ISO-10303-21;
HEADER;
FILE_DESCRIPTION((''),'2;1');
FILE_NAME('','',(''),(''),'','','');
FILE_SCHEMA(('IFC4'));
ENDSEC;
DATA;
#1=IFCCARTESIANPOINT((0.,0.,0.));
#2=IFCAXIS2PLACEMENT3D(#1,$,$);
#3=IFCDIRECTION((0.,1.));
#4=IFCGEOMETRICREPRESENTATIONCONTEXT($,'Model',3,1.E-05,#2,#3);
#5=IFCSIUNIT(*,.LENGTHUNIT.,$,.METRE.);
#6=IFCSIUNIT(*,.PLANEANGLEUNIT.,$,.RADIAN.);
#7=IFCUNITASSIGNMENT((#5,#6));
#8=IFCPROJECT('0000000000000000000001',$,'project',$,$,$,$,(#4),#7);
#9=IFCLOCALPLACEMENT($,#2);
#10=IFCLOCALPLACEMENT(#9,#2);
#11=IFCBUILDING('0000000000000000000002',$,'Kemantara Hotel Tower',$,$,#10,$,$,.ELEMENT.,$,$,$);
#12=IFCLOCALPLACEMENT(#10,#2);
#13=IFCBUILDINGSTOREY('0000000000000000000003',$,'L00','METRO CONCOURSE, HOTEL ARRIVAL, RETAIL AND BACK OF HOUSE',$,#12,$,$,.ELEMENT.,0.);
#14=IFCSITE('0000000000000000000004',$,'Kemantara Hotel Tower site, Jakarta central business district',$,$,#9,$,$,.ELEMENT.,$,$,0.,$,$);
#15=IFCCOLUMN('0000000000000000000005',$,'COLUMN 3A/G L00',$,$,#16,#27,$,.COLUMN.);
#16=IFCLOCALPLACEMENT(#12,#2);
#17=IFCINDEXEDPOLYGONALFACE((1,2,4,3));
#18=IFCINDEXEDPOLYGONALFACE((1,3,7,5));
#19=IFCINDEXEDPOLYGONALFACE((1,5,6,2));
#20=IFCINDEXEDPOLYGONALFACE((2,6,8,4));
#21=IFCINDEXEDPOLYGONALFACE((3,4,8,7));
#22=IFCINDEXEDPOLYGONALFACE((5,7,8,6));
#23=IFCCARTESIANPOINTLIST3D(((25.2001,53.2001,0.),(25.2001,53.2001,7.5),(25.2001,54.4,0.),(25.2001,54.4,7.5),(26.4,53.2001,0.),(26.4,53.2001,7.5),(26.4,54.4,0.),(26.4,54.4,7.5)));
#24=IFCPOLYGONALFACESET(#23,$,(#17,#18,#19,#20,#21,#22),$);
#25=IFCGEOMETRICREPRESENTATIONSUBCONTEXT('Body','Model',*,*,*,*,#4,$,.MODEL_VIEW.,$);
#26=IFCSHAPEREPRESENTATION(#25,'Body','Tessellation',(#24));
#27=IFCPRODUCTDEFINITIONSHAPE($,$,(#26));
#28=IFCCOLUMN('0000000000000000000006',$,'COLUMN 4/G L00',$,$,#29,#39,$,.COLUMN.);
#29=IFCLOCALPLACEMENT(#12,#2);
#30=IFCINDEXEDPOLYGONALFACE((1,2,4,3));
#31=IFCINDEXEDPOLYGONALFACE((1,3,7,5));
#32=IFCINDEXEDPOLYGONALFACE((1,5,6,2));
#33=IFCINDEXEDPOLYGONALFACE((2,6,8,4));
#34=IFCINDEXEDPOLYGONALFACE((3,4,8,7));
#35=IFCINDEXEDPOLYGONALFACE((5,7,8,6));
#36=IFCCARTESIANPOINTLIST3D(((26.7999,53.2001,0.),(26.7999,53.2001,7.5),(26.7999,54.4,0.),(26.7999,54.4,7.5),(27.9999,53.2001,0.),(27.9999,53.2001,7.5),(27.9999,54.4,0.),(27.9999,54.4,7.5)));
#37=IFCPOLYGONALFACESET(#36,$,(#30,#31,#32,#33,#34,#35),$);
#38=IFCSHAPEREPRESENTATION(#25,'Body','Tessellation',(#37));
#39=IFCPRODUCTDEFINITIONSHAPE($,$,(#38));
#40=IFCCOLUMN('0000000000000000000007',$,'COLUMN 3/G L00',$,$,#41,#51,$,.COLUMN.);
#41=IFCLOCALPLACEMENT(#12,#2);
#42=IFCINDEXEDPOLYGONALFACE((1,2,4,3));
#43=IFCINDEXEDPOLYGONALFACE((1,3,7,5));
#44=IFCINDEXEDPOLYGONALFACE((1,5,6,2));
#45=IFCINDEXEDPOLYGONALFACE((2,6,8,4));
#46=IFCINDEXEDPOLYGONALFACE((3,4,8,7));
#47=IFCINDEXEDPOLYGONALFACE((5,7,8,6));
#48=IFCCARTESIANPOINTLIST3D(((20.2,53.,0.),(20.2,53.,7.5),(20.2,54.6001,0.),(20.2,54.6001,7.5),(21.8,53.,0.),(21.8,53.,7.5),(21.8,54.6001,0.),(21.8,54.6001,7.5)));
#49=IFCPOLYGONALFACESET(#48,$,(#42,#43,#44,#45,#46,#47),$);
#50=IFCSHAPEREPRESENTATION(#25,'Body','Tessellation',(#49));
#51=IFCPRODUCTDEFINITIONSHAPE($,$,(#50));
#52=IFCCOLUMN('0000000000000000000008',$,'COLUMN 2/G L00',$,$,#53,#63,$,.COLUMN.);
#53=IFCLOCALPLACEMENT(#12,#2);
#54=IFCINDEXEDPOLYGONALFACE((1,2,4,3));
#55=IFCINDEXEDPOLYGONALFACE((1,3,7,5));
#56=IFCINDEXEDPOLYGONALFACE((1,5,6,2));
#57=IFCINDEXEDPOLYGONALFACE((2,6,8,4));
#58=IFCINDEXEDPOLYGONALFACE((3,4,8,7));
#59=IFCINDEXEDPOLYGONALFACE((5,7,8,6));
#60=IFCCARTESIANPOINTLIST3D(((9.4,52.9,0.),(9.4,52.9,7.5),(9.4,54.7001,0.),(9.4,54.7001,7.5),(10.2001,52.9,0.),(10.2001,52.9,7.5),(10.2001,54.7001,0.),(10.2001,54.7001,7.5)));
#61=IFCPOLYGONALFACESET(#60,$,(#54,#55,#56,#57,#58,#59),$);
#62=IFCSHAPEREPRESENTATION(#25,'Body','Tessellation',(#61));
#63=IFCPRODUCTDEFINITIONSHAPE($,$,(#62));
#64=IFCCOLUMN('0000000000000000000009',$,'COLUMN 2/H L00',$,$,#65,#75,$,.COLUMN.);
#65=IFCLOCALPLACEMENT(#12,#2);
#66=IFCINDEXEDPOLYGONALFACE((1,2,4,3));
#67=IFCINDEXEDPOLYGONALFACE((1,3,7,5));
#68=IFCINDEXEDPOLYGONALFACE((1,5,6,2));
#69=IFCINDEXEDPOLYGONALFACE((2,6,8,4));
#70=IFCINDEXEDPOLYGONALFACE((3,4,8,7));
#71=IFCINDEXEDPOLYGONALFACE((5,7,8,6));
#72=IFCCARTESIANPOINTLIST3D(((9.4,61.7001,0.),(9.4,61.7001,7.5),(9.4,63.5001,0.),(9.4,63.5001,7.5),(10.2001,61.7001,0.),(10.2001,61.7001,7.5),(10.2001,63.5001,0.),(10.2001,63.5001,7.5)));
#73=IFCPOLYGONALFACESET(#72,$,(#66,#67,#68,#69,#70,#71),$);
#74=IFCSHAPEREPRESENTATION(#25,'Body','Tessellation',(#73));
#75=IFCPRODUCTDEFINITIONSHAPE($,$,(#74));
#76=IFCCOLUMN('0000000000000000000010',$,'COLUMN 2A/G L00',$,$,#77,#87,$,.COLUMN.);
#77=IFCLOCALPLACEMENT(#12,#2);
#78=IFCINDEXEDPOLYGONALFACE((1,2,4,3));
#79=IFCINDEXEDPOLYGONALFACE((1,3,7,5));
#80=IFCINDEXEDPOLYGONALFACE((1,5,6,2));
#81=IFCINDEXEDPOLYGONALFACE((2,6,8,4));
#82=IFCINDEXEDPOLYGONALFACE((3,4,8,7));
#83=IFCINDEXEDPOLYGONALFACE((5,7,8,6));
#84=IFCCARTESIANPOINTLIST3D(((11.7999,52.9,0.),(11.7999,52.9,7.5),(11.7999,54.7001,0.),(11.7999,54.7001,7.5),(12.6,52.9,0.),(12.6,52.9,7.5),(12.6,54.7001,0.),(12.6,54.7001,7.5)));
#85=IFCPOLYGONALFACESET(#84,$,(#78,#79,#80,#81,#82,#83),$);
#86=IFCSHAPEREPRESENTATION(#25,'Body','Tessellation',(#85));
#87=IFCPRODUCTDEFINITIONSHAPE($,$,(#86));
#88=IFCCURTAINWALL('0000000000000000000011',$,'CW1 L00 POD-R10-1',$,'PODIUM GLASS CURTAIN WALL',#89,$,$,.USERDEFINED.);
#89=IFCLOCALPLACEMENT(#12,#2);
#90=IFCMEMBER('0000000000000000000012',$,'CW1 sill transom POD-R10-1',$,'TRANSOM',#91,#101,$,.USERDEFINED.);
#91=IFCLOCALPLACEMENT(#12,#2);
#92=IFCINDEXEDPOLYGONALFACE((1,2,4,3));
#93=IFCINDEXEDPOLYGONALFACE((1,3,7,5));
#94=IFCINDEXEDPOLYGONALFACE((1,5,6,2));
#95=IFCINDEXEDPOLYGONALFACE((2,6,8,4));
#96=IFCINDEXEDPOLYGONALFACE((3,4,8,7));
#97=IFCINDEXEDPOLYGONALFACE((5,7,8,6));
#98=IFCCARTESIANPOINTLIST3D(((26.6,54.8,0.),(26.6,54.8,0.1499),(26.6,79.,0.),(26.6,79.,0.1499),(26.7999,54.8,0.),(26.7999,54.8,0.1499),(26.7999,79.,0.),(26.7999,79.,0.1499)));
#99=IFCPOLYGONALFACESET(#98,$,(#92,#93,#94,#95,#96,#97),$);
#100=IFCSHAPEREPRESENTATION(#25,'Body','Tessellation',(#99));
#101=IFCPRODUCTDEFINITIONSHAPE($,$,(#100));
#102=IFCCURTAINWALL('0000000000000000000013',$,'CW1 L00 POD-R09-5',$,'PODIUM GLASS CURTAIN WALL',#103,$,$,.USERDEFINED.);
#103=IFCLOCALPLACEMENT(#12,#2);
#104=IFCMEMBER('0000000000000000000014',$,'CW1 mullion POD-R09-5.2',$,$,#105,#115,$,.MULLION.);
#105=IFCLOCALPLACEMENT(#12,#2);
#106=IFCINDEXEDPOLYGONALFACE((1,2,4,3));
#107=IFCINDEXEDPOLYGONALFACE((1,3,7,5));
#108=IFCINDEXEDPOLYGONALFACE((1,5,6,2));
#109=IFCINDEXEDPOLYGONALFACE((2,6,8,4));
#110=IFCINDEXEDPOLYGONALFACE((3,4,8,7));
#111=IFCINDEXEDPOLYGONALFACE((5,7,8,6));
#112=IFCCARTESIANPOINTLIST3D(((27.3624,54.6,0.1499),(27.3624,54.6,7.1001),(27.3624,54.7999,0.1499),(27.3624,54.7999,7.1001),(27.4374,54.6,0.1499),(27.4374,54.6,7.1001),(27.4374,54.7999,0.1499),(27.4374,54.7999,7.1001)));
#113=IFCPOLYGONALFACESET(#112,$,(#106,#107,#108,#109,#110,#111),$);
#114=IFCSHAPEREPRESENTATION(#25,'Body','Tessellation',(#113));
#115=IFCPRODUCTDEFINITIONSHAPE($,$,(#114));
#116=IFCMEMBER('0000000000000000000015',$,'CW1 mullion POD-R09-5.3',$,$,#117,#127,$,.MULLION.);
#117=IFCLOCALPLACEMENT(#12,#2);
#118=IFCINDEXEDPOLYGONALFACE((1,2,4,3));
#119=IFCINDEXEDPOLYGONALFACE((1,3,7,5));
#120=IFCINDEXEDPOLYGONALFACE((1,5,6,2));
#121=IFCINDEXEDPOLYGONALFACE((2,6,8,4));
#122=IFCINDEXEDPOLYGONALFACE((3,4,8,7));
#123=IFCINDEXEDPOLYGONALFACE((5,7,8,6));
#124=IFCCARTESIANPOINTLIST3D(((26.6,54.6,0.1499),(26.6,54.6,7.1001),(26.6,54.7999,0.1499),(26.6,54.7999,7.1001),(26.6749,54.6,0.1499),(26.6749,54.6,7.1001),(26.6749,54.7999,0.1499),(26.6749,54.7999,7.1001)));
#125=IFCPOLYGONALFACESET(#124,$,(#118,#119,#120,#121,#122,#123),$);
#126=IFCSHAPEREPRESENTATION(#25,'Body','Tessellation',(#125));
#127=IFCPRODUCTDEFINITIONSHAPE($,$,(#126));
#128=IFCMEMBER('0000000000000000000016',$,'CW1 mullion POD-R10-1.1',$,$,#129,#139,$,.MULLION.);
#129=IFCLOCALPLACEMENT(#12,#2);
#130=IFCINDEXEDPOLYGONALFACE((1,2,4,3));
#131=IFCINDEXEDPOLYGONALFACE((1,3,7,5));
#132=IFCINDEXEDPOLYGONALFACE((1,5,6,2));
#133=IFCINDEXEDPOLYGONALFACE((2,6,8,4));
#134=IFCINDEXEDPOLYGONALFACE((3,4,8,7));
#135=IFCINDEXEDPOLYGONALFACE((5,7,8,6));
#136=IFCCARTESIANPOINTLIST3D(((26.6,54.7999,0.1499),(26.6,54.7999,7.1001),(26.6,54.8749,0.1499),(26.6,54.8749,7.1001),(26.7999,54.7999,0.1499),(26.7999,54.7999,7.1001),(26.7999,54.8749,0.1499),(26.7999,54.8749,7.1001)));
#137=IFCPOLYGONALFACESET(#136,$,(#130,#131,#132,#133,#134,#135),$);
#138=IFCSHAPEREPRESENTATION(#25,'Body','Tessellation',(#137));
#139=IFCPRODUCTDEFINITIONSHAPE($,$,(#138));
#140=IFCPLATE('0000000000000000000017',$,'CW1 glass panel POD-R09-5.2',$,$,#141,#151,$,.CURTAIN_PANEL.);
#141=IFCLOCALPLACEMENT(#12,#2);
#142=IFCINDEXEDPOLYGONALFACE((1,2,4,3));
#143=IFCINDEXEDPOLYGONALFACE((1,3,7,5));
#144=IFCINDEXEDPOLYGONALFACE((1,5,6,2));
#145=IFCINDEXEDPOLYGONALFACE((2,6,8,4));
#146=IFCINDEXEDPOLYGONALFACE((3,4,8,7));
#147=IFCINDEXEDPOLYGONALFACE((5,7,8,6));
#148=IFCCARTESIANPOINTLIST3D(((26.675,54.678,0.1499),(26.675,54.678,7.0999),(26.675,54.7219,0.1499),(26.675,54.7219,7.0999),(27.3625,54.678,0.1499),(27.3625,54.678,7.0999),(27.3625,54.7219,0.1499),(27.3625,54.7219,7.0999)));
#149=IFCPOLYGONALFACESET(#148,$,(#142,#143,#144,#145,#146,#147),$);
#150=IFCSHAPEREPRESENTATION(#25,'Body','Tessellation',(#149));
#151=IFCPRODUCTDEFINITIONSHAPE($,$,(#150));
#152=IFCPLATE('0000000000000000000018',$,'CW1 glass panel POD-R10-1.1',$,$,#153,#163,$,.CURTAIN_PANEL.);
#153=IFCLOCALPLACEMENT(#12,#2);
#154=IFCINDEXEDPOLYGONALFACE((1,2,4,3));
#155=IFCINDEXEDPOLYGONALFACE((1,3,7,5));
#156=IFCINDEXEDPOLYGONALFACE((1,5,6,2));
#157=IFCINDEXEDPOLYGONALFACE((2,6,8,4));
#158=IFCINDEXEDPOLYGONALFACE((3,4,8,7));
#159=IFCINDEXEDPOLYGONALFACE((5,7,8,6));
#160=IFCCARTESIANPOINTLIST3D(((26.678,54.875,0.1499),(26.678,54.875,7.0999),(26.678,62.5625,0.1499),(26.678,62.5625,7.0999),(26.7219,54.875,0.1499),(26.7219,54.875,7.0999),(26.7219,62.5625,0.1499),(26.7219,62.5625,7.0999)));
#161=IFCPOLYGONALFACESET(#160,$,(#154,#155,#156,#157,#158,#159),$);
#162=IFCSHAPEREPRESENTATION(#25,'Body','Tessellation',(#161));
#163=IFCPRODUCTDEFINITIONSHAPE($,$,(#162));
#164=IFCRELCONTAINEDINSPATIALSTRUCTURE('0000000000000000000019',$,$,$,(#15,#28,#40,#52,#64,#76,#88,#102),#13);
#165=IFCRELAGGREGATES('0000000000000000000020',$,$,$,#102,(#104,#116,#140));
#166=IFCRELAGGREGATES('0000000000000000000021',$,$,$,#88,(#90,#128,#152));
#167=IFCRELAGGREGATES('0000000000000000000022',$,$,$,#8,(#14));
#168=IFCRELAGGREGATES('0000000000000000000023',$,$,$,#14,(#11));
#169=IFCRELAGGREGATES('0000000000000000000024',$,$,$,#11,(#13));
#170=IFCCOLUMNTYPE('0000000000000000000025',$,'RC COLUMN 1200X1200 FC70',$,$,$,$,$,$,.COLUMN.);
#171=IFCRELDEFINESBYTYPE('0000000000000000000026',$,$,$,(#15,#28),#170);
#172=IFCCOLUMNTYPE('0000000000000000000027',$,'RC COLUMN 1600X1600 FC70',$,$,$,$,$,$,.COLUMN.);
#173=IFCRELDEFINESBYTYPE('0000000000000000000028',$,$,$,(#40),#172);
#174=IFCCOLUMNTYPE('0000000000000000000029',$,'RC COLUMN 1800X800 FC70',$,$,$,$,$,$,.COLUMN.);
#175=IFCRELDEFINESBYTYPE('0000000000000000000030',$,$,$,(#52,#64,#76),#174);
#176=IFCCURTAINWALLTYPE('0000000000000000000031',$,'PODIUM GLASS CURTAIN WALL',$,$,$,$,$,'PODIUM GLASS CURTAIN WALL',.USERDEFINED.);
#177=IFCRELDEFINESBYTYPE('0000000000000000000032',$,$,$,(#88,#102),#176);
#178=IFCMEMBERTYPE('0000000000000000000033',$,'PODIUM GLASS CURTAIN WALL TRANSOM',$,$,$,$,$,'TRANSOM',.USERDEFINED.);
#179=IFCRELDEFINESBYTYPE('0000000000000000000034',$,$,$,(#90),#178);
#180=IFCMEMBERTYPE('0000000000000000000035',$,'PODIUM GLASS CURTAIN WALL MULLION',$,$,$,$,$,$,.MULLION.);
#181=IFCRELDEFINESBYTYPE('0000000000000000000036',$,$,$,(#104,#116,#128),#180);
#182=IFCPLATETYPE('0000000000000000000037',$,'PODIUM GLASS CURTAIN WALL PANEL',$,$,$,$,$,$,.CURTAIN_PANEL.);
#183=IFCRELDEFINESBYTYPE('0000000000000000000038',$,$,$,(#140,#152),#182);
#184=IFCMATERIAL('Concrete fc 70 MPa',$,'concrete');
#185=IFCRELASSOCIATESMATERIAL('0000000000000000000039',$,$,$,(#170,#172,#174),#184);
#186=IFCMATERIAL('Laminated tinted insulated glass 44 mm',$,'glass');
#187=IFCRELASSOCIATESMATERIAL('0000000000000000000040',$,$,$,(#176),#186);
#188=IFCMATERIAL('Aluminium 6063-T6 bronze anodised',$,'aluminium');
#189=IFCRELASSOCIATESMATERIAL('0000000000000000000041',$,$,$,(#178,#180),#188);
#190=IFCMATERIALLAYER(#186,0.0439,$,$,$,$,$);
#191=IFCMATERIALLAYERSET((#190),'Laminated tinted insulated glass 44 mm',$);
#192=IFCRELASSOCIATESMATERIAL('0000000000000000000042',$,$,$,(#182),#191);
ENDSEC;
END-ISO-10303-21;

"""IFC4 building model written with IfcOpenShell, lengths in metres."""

from ifc_helpers import new_model, si_unit, direction, frame, origin, origin_2d, place, context, subcontext, project, spatial, rectangle, extrude, source, transform, mapped, material, layer, layer_set, material_profile, profile_set, type_object, element, aggregate, save


model = new_model("IFC4")

# Units and contexts
model_context = context("Model", 3, precision=1e-05, world=origin(), true_north=direction((0.0, 1.0)))
body_context = subcontext(model_context, "Body", "Model", "MODEL_VIEW")
ifc_project = project(units=[si_unit("LENGTHUNIT", "METRE"), si_unit("PLANEANGLEUNIT", "RADIAN")], contexts=[model_context])

# Site, building, storey
site_placement = place(None, origin())
site = spatial("IfcSite", under=ifc_project, at=site_placement, Name="Kemantara Hotel Tower site, Jakarta central business district", CompositionType="ELEMENT", RefElevation=0.0)
building_placement = place(site_placement, origin())
building = spatial("IfcBuilding", under=site, at=building_placement, Name="Kemantara Hotel Tower", CompositionType="ELEMENT")
storey_placement = place(building_placement, origin())
storey = spatial("IfcBuildingStorey", under=building, at=storey_placement, Name="L00", Description="METRO CONCOURSE, HOTEL ARRIVAL, RETAIL AND BACK OF HOUSE", CompositionType="ELEMENT", Elevation=0.0)

# Columns
ifc_material_1 = material(Name="Concrete fc 70 MPa", Category="concrete")
ifc_material_profile_1 = material_profile(ifc_material_1, rectangle(XDim=1.2, YDim=1.2, at=origin_2d()), Name="RC 1200X1200")
ifc_profile_set_1 = profile_set([ifc_material_profile_1], Name="Concrete fc 70 MPa")
column_type_1 = type_object("IfcColumnType", Name="RC COLUMN 1200X1200 FC70", PredefinedType="COLUMN", material=ifc_profile_set_1)
for number, where, z_axis, x_axis, name in (
    (1, (25.8, 53.8, 0.0), (0.0, 0.0, 1.0), (1.0, 0.0, 0.0), "COLUMN 3A/G L00"),
    (2, (27.3999, 53.8, 0.0), (0.0, 0.0, 1.0), (1.0, 0.0, 0.0), "COLUMN 4/G L00"),
):
    element("IfcColumn", number, at=place(storey_placement, frame(where, z_axis=z_axis, x_axis=x_axis)), inside=storey, type_object=column_type_1, Name=name, PredefinedType="COLUMN", context=body_context, shape_type="SweptSolid", body=[
        extrude(rectangle(XDim=1.2, YDim=1.2, at=origin_2d()), origin(), (0.0, 0.0, 1.0), 7.5),
    ])
ifc_material_profile_2 = material_profile(ifc_material_1, rectangle(XDim=1.6001, YDim=1.6001, at=origin_2d()), Name="RC 1600X1600")
ifc_profile_set_2 = profile_set([ifc_material_profile_2], Name="Concrete fc 70 MPa")
column_type_2 = type_object("IfcColumnType", Name="RC COLUMN 1600X1600 FC70", PredefinedType="COLUMN", material=ifc_profile_set_2)
column_placement = place(storey_placement, frame((21.0, 53.8, 0.0), z_axis=(0.0, 0.0, 1.0), x_axis=(1.0, 0.0, 0.0)))
element("IfcColumn", 3, at=column_placement, inside=storey, type_object=column_type_2, Name="COLUMN 3/G L00", PredefinedType="COLUMN", context=body_context, shape_type="SweptSolid", body=[
    extrude(rectangle(XDim=1.6001, YDim=1.6001, at=origin_2d()), origin(), (0.0, 0.0, 1.0), 7.5),
])
ifc_material_profile_3 = material_profile(ifc_material_1, rectangle(XDim=1.8, YDim=0.8, at=origin_2d()), Name="RC 1800X800")
ifc_profile_set_3 = profile_set([ifc_material_profile_3], Name="Concrete fc 70 MPa")
column_type_3 = type_object("IfcColumnType", Name="RC COLUMN 1800X800 FC70", PredefinedType="COLUMN", material=ifc_profile_set_3)
for number, where, z_axis, x_axis, name in (
    (4, (9.8, 53.8, 0.0), (0.0, 0.0, 1.0), (0.0, 1.0, 0.0), "COLUMN 2/G L00"),
    (5, (9.8, 62.6001, 0.0), (0.0, 0.0, 1.0), (0.0, 1.0, 0.0), "COLUMN 2/H L00"),
    (6, (12.2, 53.8, 0.0), (0.0, 0.0, 1.0), (0.0, 1.0, 0.0), "COLUMN 2A/G L00"),
):
    element("IfcColumn", number, at=place(storey_placement, frame(where, z_axis=z_axis, x_axis=x_axis)), inside=storey, type_object=column_type_3, Name=name, PredefinedType="COLUMN", context=body_context, shape_type="SweptSolid", body=[
        extrude(rectangle(XDim=1.8, YDim=0.8, at=origin_2d()), origin(), (0.0, 0.0, 1.0), 7.5),
    ])

# Curtain wall, member
ifc_material_2 = material(Name="Laminated tinted insulated glass 44 mm", Category="glass")
curtain_wall_type = type_object("IfcCurtainWallType", Name="PODIUM GLASS CURTAIN WALL", ElementType="PODIUM GLASS CURTAIN WALL", PredefinedType="USERDEFINED", material=ifc_material_2)
curtain_wall_1_placement = place(storey_placement, origin())
curtain_wall_1 = element("IfcCurtainWall", 7, at=curtain_wall_1_placement, inside=storey, type_object=curtain_wall_type, Name="CW1 L00 POD-R10-1", ObjectType="PODIUM GLASS CURTAIN WALL", PredefinedType="USERDEFINED")
ifc_material_3 = material(Name="Aluminium 6063-T6 bronze anodised", Category="aluminium")
ifc_material_profile_4 = material_profile(ifc_material_3, rectangle(XDim=0.2, YDim=0.1499, at=origin_2d()), Name="PODIUM GLASS CURTAIN WALL TRANSOM")
ifc_profile_set_4 = profile_set([ifc_material_profile_4], Name="Aluminium 6063-T6 bronze anodised")
member_type_1 = type_object("IfcMemberType", Name="PODIUM GLASS CURTAIN WALL TRANSOM", ElementType="TRANSOM", PredefinedType="USERDEFINED", material=ifc_profile_set_4)
member_1_placement = place(storey_placement, frame((26.7, 54.8, 0.075), z_axis=(0.0, 1.0, 0.0), x_axis=(-1.0, 0.0, 0.0)))
member_1 = element("IfcMember", 8, at=member_1_placement, type_object=member_type_1, Name="CW1 sill transom POD-R10-1", ObjectType="TRANSOM", PredefinedType="USERDEFINED", context=body_context, shape_type="SweptSolid", body=[
    extrude(rectangle(XDim=0.2, YDim=0.1499, at=origin_2d()), origin(), (0.0, 0.0, 1.0), 24.2),
])

# Curtain wall, members
curtain_wall_2_placement = place(storey_placement, origin())
curtain_wall_2 = element("IfcCurtainWall", 9, at=curtain_wall_2_placement, inside=storey, type_object=curtain_wall_type, Name="CW1 L00 POD-R09-5", ObjectType="PODIUM GLASS CURTAIN WALL", PredefinedType="USERDEFINED")
ifc_material_profile_5 = material_profile(ifc_material_3, rectangle(XDim=0.2, YDim=0.075, at=origin_2d()), Name="PODIUM GLASS CURTAIN WALL MULLION")
ifc_profile_set_5 = profile_set([ifc_material_profile_5], Name="Aluminium 6063-T6 bronze anodised")
member_type_2 = type_object("IfcMemberType", Name="PODIUM GLASS CURTAIN WALL MULLION", PredefinedType="MULLION", material=ifc_profile_set_5)
shared_shape_1 = source(origin(), body_context, "Body", "SweptSolid", [
    extrude(rectangle(XDim=0.2, YDim=0.075, at=origin_2d()), origin(), (0.0, 0.0, 1.0), 6.9502),
])
member_2_placement = place(storey_placement, frame((27.3999, 54.7, 0.1499), z_axis=(0.0, 0.0, 1.0), x_axis=(0.0, -1.0, 0.0)))
member_2 = element("IfcMember", 10, at=member_2_placement, type_object=member_type_2, Name="CW1 mullion POD-R09-5.2", PredefinedType="MULLION", context=body_context, shape_type="MappedRepresentation", body=[
    mapped(shared_shape_1, transform((0.0, 0.0, 0.0))),
])
member_3_placement = place(storey_placement, frame((26.6375, 54.7, 0.1499), z_axis=(0.0, 0.0, 1.0), x_axis=(0.0, -1.0, 0.0)))
member_3 = element("IfcMember", 11, at=member_3_placement, type_object=member_type_2, Name="CW1 mullion POD-R09-5.3", PredefinedType="MULLION", context=body_context, shape_type="MappedRepresentation", body=[
    mapped(shared_shape_1, transform((0.0, 0.0, 0.0))),
])

# Member
member_4_placement = place(storey_placement, frame((26.7, 54.8374, 0.1499), z_axis=(0.0, 0.0, 1.0), x_axis=(-1.0, 0.0, 0.0)))
member_4 = element("IfcMember", 12, at=member_4_placement, type_object=member_type_2, Name="CW1 mullion POD-R10-1.1", PredefinedType="MULLION", context=body_context, shape_type="MappedRepresentation", body=[
    mapped(shared_shape_1, transform((0.0, 0.0, 0.0))),
])

# Plates
ifc_layer_1 = layer(ifc_material_2, 0.0439)
ifc_layer_set_1 = layer_set([ifc_layer_1], Name="Laminated tinted insulated glass 44 mm")
plate_type = type_object("IfcPlateType", Name="PODIUM GLASS CURTAIN WALL PANEL", PredefinedType="CURTAIN_PANEL", material=ifc_layer_set_1)
shared_shape_2 = source(origin(), body_context, "Body", "SweptSolid", [
    extrude(rectangle(XDim=0.6875, YDim=0.0439, at=origin_2d()), origin(), (0.0, 0.0, 1.0), 6.95),
])
plate_1_placement = place(storey_placement, frame((27.0188, 54.7, 0.1499), z_axis=(0.0, 0.0, 1.0), x_axis=(-1.0, 0.0, 0.0)))
plate_1 = element("IfcPlate", 13, at=plate_1_placement, type_object=plate_type, Name="CW1 glass panel POD-R09-5.2", PredefinedType="CURTAIN_PANEL", context=body_context, shape_type="MappedRepresentation", body=[
    mapped(shared_shape_2, transform((0.0, 0.0, 0.0))),
])
aggregate(curtain_wall_2, [member_2, member_3, plate_1])
shared_shape_3 = source(origin(), body_context, "Body", "SweptSolid", [
    extrude(rectangle(XDim=7.6875, YDim=0.0439, at=origin_2d()), origin(), (0.0, 0.0, 1.0), 6.95),
])
plate_2_placement = place(storey_placement, frame((26.7, 58.7188, 0.1499), z_axis=(0.0, 0.0, 1.0), x_axis=(0.0, 1.0, 0.0)))
plate_2 = element("IfcPlate", 14, at=plate_2_placement, type_object=plate_type, Name="CW1 glass panel POD-R10-1.1", PredefinedType="CURTAIN_PANEL", context=body_context, shape_type="MappedRepresentation", body=[
    mapped(shared_shape_3, transform((0.0, 0.0, 0.0))),
])
aggregate(curtain_wall_1, [member_1, member_4, plate_2])

save(model, "model.ifc")
